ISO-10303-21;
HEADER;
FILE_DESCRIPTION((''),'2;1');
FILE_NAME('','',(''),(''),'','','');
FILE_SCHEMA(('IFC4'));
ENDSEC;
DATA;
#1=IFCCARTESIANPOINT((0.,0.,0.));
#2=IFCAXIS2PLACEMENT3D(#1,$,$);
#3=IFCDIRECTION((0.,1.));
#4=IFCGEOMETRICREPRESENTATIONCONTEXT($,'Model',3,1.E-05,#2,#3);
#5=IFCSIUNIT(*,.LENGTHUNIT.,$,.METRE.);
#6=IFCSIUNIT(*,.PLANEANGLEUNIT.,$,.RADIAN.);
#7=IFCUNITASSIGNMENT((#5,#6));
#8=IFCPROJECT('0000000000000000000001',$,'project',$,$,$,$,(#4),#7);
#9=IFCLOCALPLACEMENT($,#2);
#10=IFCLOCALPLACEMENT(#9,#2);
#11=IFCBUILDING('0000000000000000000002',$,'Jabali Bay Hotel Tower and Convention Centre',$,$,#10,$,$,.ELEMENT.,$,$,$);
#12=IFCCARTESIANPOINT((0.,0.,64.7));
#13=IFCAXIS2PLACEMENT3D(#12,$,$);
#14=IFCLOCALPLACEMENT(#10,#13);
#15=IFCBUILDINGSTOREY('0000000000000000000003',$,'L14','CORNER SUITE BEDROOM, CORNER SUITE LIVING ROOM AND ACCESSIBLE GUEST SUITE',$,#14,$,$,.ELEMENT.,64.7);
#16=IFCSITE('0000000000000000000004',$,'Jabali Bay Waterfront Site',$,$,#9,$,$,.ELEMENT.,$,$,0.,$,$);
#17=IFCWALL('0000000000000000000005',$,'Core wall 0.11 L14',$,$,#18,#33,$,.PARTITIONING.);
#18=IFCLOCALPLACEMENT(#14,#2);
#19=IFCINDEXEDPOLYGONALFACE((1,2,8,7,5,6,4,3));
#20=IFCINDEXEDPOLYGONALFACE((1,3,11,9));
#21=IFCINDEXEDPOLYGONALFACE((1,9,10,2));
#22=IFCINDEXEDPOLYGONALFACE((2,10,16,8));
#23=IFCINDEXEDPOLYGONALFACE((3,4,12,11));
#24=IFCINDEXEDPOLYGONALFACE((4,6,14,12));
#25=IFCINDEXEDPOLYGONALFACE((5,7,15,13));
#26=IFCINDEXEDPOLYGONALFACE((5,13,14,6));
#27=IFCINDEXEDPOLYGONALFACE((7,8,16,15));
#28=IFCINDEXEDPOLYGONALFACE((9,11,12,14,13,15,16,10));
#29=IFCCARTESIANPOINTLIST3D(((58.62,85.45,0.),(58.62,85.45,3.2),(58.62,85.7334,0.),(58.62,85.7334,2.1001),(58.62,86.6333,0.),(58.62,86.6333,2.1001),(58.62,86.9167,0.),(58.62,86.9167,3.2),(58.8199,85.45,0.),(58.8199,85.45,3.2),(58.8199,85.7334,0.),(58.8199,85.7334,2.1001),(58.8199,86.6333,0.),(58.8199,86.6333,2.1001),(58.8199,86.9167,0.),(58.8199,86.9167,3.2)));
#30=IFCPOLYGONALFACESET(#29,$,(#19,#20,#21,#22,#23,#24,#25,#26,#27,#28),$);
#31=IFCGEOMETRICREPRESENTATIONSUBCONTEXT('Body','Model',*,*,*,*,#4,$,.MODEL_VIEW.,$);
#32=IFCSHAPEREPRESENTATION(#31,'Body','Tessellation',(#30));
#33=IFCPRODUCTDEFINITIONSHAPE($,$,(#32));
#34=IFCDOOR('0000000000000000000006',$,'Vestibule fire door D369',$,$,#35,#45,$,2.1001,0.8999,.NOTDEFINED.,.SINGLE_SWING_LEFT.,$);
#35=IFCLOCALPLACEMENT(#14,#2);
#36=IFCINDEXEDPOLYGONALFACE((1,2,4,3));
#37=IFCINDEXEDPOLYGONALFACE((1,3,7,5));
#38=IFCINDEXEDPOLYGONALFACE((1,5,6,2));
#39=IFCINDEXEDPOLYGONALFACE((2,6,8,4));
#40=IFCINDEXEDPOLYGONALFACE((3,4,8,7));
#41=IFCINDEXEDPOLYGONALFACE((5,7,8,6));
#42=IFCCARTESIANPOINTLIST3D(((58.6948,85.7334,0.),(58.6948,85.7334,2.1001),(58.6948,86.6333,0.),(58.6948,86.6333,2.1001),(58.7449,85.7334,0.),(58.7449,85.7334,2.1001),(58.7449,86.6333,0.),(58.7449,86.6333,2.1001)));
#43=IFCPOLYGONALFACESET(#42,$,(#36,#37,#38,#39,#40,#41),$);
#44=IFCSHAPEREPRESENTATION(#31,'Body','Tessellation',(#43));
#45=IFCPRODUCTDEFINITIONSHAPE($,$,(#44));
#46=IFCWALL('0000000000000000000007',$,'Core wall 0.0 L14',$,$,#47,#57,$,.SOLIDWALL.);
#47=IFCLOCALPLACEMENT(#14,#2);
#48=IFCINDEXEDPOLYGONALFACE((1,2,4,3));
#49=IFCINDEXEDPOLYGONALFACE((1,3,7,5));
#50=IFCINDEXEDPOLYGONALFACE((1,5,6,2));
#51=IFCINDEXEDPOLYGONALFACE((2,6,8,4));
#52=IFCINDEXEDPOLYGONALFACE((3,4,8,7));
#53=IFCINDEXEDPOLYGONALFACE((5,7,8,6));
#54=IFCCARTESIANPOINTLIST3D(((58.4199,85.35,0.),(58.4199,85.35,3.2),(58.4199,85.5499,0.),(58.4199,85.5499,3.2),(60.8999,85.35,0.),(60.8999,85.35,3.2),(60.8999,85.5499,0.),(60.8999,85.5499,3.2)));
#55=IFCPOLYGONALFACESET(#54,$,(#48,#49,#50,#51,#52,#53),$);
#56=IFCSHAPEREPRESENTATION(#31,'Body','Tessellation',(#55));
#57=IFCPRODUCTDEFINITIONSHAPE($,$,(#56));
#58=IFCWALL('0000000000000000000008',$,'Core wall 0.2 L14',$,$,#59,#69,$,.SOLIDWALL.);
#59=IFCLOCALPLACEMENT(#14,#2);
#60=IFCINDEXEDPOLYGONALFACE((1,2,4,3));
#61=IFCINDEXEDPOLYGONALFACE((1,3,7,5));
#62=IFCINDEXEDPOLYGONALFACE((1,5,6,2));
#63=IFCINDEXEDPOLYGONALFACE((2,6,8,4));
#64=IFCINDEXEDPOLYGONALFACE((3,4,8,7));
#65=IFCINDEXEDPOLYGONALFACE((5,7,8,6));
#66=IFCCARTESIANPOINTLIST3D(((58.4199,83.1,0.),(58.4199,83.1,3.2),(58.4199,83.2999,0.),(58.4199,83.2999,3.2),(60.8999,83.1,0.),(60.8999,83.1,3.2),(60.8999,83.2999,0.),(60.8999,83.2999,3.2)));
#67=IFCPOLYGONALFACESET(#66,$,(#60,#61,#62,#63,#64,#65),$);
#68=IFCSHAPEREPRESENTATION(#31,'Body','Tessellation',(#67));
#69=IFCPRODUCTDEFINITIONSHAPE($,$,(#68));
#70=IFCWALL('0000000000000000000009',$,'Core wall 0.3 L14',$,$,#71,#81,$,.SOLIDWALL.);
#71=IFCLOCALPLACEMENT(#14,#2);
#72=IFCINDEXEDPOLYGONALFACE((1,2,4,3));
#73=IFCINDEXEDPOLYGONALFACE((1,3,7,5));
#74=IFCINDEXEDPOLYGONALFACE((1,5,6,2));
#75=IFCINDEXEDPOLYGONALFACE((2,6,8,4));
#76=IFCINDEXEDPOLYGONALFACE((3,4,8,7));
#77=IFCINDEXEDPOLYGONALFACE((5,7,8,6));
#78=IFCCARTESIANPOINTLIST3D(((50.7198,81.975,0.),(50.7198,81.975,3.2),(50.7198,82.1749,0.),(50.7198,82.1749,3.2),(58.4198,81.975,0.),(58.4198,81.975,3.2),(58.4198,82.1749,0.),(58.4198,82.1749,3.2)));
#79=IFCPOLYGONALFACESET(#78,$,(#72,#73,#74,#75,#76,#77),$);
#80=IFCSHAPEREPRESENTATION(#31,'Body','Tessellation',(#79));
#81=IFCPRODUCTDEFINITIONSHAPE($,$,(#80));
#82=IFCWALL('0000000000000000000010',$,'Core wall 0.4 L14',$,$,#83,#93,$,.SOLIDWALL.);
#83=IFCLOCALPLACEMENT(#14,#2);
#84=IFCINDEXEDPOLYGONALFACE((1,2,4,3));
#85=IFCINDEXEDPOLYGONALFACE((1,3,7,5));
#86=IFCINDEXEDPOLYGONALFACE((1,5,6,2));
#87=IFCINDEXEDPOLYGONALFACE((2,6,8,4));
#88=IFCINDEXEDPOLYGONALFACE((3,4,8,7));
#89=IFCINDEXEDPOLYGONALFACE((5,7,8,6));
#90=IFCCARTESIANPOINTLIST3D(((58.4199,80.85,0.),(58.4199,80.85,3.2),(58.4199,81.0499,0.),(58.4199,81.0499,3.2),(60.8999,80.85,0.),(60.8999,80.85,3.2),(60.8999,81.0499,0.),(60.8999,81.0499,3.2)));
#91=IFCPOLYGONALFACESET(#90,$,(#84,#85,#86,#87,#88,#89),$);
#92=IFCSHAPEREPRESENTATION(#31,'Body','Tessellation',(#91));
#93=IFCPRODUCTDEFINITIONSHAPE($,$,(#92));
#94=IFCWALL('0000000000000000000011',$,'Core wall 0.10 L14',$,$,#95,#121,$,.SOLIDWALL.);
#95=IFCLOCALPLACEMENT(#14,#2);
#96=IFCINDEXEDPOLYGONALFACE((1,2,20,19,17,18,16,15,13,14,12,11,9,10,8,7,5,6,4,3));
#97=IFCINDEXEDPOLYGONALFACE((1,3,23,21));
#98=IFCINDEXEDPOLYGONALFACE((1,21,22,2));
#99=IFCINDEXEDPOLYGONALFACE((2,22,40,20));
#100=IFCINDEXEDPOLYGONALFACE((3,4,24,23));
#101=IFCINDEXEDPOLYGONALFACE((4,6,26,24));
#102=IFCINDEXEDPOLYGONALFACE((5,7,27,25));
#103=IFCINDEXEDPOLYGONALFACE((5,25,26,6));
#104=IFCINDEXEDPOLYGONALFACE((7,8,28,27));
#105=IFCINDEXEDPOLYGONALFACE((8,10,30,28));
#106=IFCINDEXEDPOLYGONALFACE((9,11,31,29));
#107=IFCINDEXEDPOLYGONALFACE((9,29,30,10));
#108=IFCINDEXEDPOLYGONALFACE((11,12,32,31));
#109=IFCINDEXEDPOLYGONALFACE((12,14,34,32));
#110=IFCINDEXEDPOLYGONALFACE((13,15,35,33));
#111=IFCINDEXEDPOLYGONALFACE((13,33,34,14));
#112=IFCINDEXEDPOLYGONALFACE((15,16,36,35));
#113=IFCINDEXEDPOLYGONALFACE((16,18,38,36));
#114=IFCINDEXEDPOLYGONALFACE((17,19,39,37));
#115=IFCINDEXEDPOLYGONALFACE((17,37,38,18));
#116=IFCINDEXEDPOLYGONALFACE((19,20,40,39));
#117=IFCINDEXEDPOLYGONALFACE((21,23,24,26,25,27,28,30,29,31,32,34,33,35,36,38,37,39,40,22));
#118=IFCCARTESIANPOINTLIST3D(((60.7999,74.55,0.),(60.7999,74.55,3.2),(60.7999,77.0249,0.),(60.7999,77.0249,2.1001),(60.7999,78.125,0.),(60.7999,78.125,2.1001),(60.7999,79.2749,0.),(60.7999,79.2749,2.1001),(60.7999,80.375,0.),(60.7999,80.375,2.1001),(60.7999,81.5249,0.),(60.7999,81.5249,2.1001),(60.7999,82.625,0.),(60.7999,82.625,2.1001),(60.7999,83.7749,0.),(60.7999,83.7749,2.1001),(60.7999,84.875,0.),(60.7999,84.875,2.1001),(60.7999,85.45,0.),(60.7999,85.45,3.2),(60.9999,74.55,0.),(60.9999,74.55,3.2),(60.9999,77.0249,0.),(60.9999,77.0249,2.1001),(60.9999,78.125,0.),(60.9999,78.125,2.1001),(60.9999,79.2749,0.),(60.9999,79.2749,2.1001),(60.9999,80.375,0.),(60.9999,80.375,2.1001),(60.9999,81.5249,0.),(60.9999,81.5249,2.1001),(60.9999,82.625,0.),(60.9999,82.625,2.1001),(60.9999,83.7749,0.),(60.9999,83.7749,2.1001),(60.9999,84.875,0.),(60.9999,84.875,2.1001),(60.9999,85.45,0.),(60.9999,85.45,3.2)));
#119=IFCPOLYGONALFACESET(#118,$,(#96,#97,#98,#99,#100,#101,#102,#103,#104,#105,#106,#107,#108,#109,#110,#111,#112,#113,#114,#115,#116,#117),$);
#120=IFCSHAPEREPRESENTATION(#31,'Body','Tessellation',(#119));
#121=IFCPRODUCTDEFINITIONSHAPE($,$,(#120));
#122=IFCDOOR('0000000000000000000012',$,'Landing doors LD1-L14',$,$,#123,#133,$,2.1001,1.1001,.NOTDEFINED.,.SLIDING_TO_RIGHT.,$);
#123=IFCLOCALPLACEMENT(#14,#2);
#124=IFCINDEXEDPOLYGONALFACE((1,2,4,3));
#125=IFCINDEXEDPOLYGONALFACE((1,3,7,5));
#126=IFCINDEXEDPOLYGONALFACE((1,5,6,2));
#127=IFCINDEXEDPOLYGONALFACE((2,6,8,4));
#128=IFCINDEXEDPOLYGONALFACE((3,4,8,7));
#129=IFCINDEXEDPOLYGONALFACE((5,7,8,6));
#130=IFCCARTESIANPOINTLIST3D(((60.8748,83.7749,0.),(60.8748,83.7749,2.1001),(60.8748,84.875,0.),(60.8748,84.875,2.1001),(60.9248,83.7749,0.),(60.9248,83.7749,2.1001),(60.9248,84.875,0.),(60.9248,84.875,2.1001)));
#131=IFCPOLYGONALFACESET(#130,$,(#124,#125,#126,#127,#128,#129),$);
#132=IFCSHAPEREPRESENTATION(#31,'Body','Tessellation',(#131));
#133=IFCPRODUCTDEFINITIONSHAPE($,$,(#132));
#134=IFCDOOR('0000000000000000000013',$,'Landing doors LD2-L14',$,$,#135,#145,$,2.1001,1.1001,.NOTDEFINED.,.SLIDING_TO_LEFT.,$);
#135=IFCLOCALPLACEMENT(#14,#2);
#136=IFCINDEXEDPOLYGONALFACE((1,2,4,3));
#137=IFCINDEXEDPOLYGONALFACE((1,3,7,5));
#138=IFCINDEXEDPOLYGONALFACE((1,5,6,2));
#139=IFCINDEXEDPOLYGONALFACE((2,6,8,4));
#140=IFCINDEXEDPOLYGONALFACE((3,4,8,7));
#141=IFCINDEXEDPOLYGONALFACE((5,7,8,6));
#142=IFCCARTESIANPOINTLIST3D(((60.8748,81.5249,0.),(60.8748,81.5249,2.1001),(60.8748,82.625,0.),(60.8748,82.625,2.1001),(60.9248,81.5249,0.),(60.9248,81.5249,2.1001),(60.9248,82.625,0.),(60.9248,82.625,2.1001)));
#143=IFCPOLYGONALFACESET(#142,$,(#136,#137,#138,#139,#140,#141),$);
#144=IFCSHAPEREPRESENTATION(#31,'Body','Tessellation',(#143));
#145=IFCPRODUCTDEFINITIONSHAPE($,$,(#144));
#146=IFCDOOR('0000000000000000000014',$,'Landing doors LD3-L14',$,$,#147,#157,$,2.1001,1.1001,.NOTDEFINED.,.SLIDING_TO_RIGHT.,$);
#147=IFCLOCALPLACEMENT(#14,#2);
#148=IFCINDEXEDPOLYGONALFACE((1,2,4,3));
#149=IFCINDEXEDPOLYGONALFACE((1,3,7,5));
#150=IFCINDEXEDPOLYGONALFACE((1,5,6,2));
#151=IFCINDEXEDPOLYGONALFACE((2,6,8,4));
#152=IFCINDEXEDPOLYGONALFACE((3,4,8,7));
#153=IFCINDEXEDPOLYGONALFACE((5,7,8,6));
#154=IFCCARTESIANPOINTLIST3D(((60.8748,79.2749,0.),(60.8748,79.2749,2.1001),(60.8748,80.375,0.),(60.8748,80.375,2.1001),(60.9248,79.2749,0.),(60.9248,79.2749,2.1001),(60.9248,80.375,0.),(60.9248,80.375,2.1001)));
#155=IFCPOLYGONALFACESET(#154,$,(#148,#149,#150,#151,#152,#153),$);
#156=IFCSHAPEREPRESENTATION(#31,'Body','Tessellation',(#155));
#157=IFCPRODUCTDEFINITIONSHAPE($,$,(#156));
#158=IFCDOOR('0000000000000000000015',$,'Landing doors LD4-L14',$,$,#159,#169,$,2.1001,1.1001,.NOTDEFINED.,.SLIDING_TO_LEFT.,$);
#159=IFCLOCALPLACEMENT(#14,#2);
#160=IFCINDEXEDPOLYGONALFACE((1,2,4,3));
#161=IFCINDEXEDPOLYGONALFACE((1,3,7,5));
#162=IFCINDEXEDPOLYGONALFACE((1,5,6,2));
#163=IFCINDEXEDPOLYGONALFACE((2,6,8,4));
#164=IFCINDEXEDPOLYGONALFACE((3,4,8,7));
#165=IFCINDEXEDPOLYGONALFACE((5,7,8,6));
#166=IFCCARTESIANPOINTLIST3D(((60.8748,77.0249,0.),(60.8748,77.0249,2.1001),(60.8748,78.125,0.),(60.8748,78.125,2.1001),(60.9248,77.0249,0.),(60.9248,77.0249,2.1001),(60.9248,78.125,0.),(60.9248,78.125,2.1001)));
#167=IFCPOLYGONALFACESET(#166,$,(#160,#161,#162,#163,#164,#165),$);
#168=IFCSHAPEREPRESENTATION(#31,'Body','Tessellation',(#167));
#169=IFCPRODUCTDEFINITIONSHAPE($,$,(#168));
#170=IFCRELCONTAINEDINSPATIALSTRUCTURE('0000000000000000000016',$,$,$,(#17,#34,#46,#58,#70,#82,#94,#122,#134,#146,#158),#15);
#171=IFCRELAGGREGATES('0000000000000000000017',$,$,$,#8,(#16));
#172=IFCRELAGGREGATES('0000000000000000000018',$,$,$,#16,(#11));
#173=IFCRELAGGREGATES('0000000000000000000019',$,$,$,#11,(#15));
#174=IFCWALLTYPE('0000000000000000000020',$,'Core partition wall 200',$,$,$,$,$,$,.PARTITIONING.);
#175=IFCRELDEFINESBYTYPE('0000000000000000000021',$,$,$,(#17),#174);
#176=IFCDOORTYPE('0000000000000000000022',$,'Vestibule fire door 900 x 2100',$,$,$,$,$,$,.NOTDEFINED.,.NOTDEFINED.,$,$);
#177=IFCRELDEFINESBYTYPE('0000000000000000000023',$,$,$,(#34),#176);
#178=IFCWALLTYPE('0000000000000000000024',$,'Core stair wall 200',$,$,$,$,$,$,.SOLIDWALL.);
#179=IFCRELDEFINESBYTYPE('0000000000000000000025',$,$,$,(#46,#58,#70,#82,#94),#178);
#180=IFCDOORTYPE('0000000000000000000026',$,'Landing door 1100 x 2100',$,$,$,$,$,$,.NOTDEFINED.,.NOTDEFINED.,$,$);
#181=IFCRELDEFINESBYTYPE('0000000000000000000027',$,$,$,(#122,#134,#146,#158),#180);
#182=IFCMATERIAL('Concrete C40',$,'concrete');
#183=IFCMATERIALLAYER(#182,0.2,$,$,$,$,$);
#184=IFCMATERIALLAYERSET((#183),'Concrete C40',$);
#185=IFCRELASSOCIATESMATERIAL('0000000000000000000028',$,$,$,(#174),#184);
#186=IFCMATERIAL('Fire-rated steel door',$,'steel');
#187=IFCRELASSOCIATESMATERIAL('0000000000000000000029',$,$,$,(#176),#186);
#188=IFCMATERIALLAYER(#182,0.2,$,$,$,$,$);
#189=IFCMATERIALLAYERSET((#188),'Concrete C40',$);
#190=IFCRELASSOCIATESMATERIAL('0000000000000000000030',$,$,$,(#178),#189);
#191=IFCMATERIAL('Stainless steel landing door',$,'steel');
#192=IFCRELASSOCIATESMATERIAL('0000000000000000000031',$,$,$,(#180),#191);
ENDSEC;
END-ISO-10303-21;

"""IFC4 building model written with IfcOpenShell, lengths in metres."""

from ifc_helpers import new_model, si_unit, direction, frame, frame_2d, origin, place, context, subcontext, project, spatial, rectangle, extrude, material, layer, layer_set, type_object, element, fill, save


model = new_model("IFC4")

# Units and contexts
model_context = context("Model", 3, precision=1e-05, world=origin(), true_north=direction((0.0, 1.0)))
body_context = subcontext(model_context, "Body", "Model", "MODEL_VIEW")
ifc_project = project(units=[si_unit("LENGTHUNIT", "METRE"), si_unit("PLANEANGLEUNIT", "RADIAN")], contexts=[model_context])

# Site, building, storey
site_placement = place(None, origin())
site = spatial("IfcSite", under=ifc_project, at=site_placement, Name="Jabali Bay Waterfront Site", CompositionType="ELEMENT", RefElevation=0.0)
building_placement = place(site_placement, origin())
building = spatial("IfcBuilding", under=site, at=building_placement, Name="Jabali Bay Hotel Tower and Convention Centre", CompositionType="ELEMENT")
storey_placement = place(building_placement, frame((0.0, 0.0, 64.7)))
storey = spatial("IfcBuildingStorey", under=building, at=storey_placement, Name="L14", Description="CORNER SUITE BEDROOM, CORNER SUITE LIVING ROOM AND ACCESSIBLE GUEST SUITE", CompositionType="ELEMENT", Elevation=64.7)

# Wall, opening, door
ifc_material_1 = material(Name="Concrete C40", Category="concrete")
ifc_layer_1 = layer(ifc_material_1, 0.2)
ifc_layer_set_1 = layer_set([ifc_layer_1], Name="Concrete C40")
wall_type_1 = type_object("IfcWallType", Name="Core partition wall 200", PredefinedType="PARTITIONING", material=ifc_layer_set_1)
wall_1_placement = place(storey_placement, frame((58.72, 86.9167, 0.0), z_axis=(0.0, 0.0, 1.0), x_axis=(0.0, -1.0, 0.0)))
wall_1 = element("IfcWall", 1, at=wall_1_placement, inside=storey, type_object=wall_type_1, Name="Core wall 0.11 L14", PredefinedType="PARTITIONING", context=body_context, shape_type="SweptSolid", body=[
    extrude(rectangle(XDim=1.4668, YDim=0.2, at=frame_2d((0.7334, 0.0))), origin(), (0.0, 0.0, 1.0), 3.2),
])
opening_1_placement = place(wall_1_placement, frame((0.2834, 0.0, 0.0)))
opening_1 = element("IfcOpeningElement", 2, at=opening_1_placement, cuts=wall_1, PredefinedType="OPENING", context=body_context, shape_type="SweptSolid", body=[
    extrude(rectangle(XDim=0.8999, YDim=2.1001, at=frame_2d((0.45, 1.05))), frame((0.0, 0.1104, 0.0), z_axis=(0.0, -1.0, 0.0), x_axis=(1.0, 0.0, 0.0)), (0.0, 0.0, 1.0), 0.2209),
])
ifc_material_2 = material(Name="Fire-rated steel door", Category="steel")
door_type_1 = type_object("IfcDoorType", Name="Vestibule fire door 900 x 2100", OperationType="NOTDEFINED", PredefinedType="NOTDEFINED", material=ifc_material_2)
door_1_placement = place(opening_1_placement, origin())
door_1 = element("IfcDoor", 3, at=door_1_placement, inside=storey, type_object=door_type_1, Name="Vestibule fire door D369", OperationType="SINGLE_SWING_LEFT", OverallHeight=2.1001, OverallWidth=0.8999, PredefinedType="NOTDEFINED", context=body_context, shape_type="SweptSolid", body=[
    extrude(rectangle(XDim=0.8999, YDim=2.1001, at=frame_2d((0.45, 1.05))), frame((0.0, 0.0249, 0.0), z_axis=(0.0, -1.0, 0.0), x_axis=(1.0, 0.0, 0.0)), (0.0, 0.0, 1.0), 0.05),
])
fill(opening_1, door_1)

# Walls
ifc_layer_2 = layer(ifc_material_1, 0.2)
ifc_layer_set_2 = layer_set([ifc_layer_2], Name="Concrete C40")
wall_type_2 = type_object("IfcWallType", Name="Core stair wall 200", PredefinedType="SOLIDWALL", material=ifc_layer_set_2)
for number, where, z_axis, x_axis, name in (
    (4, (60.8999, 85.45, 0.0), (0.0, 0.0, 1.0), (-1.0, 0.0, 0.0), "Core wall 0.0 L14"),
    (5, (60.8999, 83.2, 0.0), (0.0, 0.0, 1.0), (-1.0, 0.0, 0.0), "Core wall 0.2 L14"),
):
    element("IfcWall", number, at=place(storey_placement, frame(where, z_axis=z_axis, x_axis=x_axis)), inside=storey, type_object=wall_type_2, Name=name, PredefinedType="SOLIDWALL", context=body_context, shape_type="SweptSolid", body=[
        extrude(rectangle(XDim=2.48, YDim=0.2, at=frame_2d((1.24, 0.0))), origin(), (0.0, 0.0, 1.0), 3.2),
    ])
wall_2_placement = place(storey_placement, frame((58.4199, 82.075, 0.0), z_axis=(0.0, 0.0, 1.0), x_axis=(-1.0, 0.0, 0.0)))
element("IfcWall", 6, at=wall_2_placement, inside=storey, type_object=wall_type_2, Name="Core wall 0.3 L14", PredefinedType="SOLIDWALL", context=body_context, shape_type="SweptSolid", body=[
    extrude(rectangle(XDim=7.7, YDim=0.2, at=frame_2d((3.8501, 0.0))), origin(), (0.0, 0.0, 1.0), 3.2),
])
wall_3_placement = place(storey_placement, frame((60.8999, 80.95, 0.0), z_axis=(0.0, 0.0, 1.0), x_axis=(-1.0, 0.0, 0.0)))
element("IfcWall", 7, at=wall_3_placement, inside=storey, type_object=wall_type_2, Name="Core wall 0.4 L14", PredefinedType="SOLIDWALL", context=body_context, shape_type="SweptSolid", body=[
    extrude(rectangle(XDim=2.48, YDim=0.2, at=frame_2d((1.24, 0.0))), origin(), (0.0, 0.0, 1.0), 3.2),
])

# Wall, openings, doors
wall_4_placement = place(storey_placement, frame((60.8999, 85.45, 0.0), z_axis=(0.0, 0.0, 1.0), x_axis=(0.0, -1.0, 0.0)))
wall_4 = element("IfcWall", 8, at=wall_4_placement, inside=storey, type_object=wall_type_2, Name="Core wall 0.10 L14", PredefinedType="SOLIDWALL", context=body_context, shape_type="SweptSolid", body=[
    extrude(rectangle(XDim=10.8999, YDim=0.2, at=frame_2d((5.45, 0.0))), origin(), (0.0, 0.0, 1.0), 3.2),
])
opening_2_placement = place(wall_4_placement, frame((0.575, 0.0, 0.0)))
opening_2 = element("IfcOpeningElement", 9, at=opening_2_placement, cuts=wall_4, PredefinedType="OPENING", context=body_context, shape_type="SweptSolid", body=[
    extrude(rectangle(XDim=1.1001, YDim=2.1001, at=frame_2d((0.55, 1.05))), frame((0.0, 0.1104, 0.0), z_axis=(0.0, -1.0, 0.0), x_axis=(1.0, 0.0, 0.0)), (0.0, 0.0, 1.0), 0.2209),
])
opening_3_placement = place(wall_4_placement, frame((2.825, 0.0, 0.0)))
opening_3 = element("IfcOpeningElement", 10, at=opening_3_placement, cuts=wall_4, PredefinedType="OPENING", context=body_context, shape_type="SweptSolid", body=[
    extrude(rectangle(XDim=1.1001, YDim=2.1001, at=frame_2d((0.55, 1.05))), frame((0.0, 0.1104, 0.0), z_axis=(0.0, -1.0, 0.0), x_axis=(1.0, 0.0, 0.0)), (0.0, 0.0, 1.0), 0.2209),
])
opening_4_placement = place(wall_4_placement, frame((5.075, 0.0, 0.0)))
opening_4 = element("IfcOpeningElement", 11, at=opening_4_placement, cuts=wall_4, PredefinedType="OPENING", context=body_context, shape_type="SweptSolid", body=[
    extrude(rectangle(XDim=1.1001, YDim=2.1001, at=frame_2d((0.55, 1.05))), frame((0.0, 0.1104, 0.0), z_axis=(0.0, -1.0, 0.0), x_axis=(1.0, 0.0, 0.0)), (0.0, 0.0, 1.0), 0.2209),
])
opening_5_placement = place(wall_4_placement, frame((7.325, 0.0, 0.0)))
opening_5 = element("IfcOpeningElement", 12, at=opening_5_placement, cuts=wall_4, PredefinedType="OPENING", context=body_context, shape_type="SweptSolid", body=[
    extrude(rectangle(XDim=1.1001, YDim=2.1001, at=frame_2d((0.55, 1.05))), frame((0.0, 0.1104, 0.0), z_axis=(0.0, -1.0, 0.0), x_axis=(1.0, 0.0, 0.0)), (0.0, 0.0, 1.0), 0.2209),
])
ifc_material_3 = material(Name="Stainless steel landing door", Category="steel")
door_type_2 = type_object("IfcDoorType", Name="Landing door 1100 x 2100", OperationType="NOTDEFINED", PredefinedType="NOTDEFINED", material=ifc_material_3)
door_2_placement = place(opening_2_placement, origin())
door_2 = element("IfcDoor", 13, at=door_2_placement, inside=storey, type_object=door_type_2, Name="Landing doors LD1-L14", OperationType="SLIDING_TO_RIGHT", OverallHeight=2.1001, OverallWidth=1.1001, PredefinedType="NOTDEFINED", context=body_context, shape_type="SweptSolid", body=[
    extrude(rectangle(XDim=1.1001, YDim=2.1001, at=frame_2d((0.55, 1.05))), frame((0.0, 0.0249, 0.0), z_axis=(0.0, -1.0, 0.0), x_axis=(1.0, 0.0, 0.0)), (0.0, 0.0, 1.0), 0.05),
])
fill(opening_2, door_2)
door_3_placement = place(opening_3_placement, origin())
door_3 = element("IfcDoor", 14, at=door_3_placement, inside=storey, type_object=door_type_2, Name="Landing doors LD2-L14", OperationType="SLIDING_TO_LEFT", OverallHeight=2.1001, OverallWidth=1.1001, PredefinedType="NOTDEFINED", context=body_context, shape_type="SweptSolid", body=[
    extrude(rectangle(XDim=1.1001, YDim=2.1001, at=frame_2d((0.55, 1.05))), frame((0.0, 0.0249, 0.0), z_axis=(0.0, -1.0, 0.0), x_axis=(1.0, 0.0, 0.0)), (0.0, 0.0, 1.0), 0.05),
])
fill(opening_3, door_3)
door_4_placement = place(opening_4_placement, origin())
door_4 = element("IfcDoor", 15, at=door_4_placement, inside=storey, type_object=door_type_2, Name="Landing doors LD3-L14", OperationType="SLIDING_TO_RIGHT", OverallHeight=2.1001, OverallWidth=1.1001, PredefinedType="NOTDEFINED", context=body_context, shape_type="SweptSolid", body=[
    extrude(rectangle(XDim=1.1001, YDim=2.1001, at=frame_2d((0.55, 1.05))), frame((0.0, 0.0249, 0.0), z_axis=(0.0, -1.0, 0.0), x_axis=(1.0, 0.0, 0.0)), (0.0, 0.0, 1.0), 0.05),
])
fill(opening_4, door_4)
door_5_placement = place(opening_5_placement, origin())
door_5 = element("IfcDoor", 16, at=door_5_placement, inside=storey, type_object=door_type_2, Name="Landing doors LD4-L14", OperationType="SLIDING_TO_LEFT", OverallHeight=2.1001, OverallWidth=1.1001, PredefinedType="NOTDEFINED", context=body_context, shape_type="SweptSolid", body=[
    extrude(rectangle(XDim=1.1001, YDim=2.1001, at=frame_2d((0.55, 1.05))), frame((0.0, 0.0249, 0.0), z_axis=(0.0, -1.0, 0.0), x_axis=(1.0, 0.0, 0.0)), (0.0, 0.0, 1.0), 0.05),
])
fill(opening_5, door_5)

save(model, "model.ifc")
